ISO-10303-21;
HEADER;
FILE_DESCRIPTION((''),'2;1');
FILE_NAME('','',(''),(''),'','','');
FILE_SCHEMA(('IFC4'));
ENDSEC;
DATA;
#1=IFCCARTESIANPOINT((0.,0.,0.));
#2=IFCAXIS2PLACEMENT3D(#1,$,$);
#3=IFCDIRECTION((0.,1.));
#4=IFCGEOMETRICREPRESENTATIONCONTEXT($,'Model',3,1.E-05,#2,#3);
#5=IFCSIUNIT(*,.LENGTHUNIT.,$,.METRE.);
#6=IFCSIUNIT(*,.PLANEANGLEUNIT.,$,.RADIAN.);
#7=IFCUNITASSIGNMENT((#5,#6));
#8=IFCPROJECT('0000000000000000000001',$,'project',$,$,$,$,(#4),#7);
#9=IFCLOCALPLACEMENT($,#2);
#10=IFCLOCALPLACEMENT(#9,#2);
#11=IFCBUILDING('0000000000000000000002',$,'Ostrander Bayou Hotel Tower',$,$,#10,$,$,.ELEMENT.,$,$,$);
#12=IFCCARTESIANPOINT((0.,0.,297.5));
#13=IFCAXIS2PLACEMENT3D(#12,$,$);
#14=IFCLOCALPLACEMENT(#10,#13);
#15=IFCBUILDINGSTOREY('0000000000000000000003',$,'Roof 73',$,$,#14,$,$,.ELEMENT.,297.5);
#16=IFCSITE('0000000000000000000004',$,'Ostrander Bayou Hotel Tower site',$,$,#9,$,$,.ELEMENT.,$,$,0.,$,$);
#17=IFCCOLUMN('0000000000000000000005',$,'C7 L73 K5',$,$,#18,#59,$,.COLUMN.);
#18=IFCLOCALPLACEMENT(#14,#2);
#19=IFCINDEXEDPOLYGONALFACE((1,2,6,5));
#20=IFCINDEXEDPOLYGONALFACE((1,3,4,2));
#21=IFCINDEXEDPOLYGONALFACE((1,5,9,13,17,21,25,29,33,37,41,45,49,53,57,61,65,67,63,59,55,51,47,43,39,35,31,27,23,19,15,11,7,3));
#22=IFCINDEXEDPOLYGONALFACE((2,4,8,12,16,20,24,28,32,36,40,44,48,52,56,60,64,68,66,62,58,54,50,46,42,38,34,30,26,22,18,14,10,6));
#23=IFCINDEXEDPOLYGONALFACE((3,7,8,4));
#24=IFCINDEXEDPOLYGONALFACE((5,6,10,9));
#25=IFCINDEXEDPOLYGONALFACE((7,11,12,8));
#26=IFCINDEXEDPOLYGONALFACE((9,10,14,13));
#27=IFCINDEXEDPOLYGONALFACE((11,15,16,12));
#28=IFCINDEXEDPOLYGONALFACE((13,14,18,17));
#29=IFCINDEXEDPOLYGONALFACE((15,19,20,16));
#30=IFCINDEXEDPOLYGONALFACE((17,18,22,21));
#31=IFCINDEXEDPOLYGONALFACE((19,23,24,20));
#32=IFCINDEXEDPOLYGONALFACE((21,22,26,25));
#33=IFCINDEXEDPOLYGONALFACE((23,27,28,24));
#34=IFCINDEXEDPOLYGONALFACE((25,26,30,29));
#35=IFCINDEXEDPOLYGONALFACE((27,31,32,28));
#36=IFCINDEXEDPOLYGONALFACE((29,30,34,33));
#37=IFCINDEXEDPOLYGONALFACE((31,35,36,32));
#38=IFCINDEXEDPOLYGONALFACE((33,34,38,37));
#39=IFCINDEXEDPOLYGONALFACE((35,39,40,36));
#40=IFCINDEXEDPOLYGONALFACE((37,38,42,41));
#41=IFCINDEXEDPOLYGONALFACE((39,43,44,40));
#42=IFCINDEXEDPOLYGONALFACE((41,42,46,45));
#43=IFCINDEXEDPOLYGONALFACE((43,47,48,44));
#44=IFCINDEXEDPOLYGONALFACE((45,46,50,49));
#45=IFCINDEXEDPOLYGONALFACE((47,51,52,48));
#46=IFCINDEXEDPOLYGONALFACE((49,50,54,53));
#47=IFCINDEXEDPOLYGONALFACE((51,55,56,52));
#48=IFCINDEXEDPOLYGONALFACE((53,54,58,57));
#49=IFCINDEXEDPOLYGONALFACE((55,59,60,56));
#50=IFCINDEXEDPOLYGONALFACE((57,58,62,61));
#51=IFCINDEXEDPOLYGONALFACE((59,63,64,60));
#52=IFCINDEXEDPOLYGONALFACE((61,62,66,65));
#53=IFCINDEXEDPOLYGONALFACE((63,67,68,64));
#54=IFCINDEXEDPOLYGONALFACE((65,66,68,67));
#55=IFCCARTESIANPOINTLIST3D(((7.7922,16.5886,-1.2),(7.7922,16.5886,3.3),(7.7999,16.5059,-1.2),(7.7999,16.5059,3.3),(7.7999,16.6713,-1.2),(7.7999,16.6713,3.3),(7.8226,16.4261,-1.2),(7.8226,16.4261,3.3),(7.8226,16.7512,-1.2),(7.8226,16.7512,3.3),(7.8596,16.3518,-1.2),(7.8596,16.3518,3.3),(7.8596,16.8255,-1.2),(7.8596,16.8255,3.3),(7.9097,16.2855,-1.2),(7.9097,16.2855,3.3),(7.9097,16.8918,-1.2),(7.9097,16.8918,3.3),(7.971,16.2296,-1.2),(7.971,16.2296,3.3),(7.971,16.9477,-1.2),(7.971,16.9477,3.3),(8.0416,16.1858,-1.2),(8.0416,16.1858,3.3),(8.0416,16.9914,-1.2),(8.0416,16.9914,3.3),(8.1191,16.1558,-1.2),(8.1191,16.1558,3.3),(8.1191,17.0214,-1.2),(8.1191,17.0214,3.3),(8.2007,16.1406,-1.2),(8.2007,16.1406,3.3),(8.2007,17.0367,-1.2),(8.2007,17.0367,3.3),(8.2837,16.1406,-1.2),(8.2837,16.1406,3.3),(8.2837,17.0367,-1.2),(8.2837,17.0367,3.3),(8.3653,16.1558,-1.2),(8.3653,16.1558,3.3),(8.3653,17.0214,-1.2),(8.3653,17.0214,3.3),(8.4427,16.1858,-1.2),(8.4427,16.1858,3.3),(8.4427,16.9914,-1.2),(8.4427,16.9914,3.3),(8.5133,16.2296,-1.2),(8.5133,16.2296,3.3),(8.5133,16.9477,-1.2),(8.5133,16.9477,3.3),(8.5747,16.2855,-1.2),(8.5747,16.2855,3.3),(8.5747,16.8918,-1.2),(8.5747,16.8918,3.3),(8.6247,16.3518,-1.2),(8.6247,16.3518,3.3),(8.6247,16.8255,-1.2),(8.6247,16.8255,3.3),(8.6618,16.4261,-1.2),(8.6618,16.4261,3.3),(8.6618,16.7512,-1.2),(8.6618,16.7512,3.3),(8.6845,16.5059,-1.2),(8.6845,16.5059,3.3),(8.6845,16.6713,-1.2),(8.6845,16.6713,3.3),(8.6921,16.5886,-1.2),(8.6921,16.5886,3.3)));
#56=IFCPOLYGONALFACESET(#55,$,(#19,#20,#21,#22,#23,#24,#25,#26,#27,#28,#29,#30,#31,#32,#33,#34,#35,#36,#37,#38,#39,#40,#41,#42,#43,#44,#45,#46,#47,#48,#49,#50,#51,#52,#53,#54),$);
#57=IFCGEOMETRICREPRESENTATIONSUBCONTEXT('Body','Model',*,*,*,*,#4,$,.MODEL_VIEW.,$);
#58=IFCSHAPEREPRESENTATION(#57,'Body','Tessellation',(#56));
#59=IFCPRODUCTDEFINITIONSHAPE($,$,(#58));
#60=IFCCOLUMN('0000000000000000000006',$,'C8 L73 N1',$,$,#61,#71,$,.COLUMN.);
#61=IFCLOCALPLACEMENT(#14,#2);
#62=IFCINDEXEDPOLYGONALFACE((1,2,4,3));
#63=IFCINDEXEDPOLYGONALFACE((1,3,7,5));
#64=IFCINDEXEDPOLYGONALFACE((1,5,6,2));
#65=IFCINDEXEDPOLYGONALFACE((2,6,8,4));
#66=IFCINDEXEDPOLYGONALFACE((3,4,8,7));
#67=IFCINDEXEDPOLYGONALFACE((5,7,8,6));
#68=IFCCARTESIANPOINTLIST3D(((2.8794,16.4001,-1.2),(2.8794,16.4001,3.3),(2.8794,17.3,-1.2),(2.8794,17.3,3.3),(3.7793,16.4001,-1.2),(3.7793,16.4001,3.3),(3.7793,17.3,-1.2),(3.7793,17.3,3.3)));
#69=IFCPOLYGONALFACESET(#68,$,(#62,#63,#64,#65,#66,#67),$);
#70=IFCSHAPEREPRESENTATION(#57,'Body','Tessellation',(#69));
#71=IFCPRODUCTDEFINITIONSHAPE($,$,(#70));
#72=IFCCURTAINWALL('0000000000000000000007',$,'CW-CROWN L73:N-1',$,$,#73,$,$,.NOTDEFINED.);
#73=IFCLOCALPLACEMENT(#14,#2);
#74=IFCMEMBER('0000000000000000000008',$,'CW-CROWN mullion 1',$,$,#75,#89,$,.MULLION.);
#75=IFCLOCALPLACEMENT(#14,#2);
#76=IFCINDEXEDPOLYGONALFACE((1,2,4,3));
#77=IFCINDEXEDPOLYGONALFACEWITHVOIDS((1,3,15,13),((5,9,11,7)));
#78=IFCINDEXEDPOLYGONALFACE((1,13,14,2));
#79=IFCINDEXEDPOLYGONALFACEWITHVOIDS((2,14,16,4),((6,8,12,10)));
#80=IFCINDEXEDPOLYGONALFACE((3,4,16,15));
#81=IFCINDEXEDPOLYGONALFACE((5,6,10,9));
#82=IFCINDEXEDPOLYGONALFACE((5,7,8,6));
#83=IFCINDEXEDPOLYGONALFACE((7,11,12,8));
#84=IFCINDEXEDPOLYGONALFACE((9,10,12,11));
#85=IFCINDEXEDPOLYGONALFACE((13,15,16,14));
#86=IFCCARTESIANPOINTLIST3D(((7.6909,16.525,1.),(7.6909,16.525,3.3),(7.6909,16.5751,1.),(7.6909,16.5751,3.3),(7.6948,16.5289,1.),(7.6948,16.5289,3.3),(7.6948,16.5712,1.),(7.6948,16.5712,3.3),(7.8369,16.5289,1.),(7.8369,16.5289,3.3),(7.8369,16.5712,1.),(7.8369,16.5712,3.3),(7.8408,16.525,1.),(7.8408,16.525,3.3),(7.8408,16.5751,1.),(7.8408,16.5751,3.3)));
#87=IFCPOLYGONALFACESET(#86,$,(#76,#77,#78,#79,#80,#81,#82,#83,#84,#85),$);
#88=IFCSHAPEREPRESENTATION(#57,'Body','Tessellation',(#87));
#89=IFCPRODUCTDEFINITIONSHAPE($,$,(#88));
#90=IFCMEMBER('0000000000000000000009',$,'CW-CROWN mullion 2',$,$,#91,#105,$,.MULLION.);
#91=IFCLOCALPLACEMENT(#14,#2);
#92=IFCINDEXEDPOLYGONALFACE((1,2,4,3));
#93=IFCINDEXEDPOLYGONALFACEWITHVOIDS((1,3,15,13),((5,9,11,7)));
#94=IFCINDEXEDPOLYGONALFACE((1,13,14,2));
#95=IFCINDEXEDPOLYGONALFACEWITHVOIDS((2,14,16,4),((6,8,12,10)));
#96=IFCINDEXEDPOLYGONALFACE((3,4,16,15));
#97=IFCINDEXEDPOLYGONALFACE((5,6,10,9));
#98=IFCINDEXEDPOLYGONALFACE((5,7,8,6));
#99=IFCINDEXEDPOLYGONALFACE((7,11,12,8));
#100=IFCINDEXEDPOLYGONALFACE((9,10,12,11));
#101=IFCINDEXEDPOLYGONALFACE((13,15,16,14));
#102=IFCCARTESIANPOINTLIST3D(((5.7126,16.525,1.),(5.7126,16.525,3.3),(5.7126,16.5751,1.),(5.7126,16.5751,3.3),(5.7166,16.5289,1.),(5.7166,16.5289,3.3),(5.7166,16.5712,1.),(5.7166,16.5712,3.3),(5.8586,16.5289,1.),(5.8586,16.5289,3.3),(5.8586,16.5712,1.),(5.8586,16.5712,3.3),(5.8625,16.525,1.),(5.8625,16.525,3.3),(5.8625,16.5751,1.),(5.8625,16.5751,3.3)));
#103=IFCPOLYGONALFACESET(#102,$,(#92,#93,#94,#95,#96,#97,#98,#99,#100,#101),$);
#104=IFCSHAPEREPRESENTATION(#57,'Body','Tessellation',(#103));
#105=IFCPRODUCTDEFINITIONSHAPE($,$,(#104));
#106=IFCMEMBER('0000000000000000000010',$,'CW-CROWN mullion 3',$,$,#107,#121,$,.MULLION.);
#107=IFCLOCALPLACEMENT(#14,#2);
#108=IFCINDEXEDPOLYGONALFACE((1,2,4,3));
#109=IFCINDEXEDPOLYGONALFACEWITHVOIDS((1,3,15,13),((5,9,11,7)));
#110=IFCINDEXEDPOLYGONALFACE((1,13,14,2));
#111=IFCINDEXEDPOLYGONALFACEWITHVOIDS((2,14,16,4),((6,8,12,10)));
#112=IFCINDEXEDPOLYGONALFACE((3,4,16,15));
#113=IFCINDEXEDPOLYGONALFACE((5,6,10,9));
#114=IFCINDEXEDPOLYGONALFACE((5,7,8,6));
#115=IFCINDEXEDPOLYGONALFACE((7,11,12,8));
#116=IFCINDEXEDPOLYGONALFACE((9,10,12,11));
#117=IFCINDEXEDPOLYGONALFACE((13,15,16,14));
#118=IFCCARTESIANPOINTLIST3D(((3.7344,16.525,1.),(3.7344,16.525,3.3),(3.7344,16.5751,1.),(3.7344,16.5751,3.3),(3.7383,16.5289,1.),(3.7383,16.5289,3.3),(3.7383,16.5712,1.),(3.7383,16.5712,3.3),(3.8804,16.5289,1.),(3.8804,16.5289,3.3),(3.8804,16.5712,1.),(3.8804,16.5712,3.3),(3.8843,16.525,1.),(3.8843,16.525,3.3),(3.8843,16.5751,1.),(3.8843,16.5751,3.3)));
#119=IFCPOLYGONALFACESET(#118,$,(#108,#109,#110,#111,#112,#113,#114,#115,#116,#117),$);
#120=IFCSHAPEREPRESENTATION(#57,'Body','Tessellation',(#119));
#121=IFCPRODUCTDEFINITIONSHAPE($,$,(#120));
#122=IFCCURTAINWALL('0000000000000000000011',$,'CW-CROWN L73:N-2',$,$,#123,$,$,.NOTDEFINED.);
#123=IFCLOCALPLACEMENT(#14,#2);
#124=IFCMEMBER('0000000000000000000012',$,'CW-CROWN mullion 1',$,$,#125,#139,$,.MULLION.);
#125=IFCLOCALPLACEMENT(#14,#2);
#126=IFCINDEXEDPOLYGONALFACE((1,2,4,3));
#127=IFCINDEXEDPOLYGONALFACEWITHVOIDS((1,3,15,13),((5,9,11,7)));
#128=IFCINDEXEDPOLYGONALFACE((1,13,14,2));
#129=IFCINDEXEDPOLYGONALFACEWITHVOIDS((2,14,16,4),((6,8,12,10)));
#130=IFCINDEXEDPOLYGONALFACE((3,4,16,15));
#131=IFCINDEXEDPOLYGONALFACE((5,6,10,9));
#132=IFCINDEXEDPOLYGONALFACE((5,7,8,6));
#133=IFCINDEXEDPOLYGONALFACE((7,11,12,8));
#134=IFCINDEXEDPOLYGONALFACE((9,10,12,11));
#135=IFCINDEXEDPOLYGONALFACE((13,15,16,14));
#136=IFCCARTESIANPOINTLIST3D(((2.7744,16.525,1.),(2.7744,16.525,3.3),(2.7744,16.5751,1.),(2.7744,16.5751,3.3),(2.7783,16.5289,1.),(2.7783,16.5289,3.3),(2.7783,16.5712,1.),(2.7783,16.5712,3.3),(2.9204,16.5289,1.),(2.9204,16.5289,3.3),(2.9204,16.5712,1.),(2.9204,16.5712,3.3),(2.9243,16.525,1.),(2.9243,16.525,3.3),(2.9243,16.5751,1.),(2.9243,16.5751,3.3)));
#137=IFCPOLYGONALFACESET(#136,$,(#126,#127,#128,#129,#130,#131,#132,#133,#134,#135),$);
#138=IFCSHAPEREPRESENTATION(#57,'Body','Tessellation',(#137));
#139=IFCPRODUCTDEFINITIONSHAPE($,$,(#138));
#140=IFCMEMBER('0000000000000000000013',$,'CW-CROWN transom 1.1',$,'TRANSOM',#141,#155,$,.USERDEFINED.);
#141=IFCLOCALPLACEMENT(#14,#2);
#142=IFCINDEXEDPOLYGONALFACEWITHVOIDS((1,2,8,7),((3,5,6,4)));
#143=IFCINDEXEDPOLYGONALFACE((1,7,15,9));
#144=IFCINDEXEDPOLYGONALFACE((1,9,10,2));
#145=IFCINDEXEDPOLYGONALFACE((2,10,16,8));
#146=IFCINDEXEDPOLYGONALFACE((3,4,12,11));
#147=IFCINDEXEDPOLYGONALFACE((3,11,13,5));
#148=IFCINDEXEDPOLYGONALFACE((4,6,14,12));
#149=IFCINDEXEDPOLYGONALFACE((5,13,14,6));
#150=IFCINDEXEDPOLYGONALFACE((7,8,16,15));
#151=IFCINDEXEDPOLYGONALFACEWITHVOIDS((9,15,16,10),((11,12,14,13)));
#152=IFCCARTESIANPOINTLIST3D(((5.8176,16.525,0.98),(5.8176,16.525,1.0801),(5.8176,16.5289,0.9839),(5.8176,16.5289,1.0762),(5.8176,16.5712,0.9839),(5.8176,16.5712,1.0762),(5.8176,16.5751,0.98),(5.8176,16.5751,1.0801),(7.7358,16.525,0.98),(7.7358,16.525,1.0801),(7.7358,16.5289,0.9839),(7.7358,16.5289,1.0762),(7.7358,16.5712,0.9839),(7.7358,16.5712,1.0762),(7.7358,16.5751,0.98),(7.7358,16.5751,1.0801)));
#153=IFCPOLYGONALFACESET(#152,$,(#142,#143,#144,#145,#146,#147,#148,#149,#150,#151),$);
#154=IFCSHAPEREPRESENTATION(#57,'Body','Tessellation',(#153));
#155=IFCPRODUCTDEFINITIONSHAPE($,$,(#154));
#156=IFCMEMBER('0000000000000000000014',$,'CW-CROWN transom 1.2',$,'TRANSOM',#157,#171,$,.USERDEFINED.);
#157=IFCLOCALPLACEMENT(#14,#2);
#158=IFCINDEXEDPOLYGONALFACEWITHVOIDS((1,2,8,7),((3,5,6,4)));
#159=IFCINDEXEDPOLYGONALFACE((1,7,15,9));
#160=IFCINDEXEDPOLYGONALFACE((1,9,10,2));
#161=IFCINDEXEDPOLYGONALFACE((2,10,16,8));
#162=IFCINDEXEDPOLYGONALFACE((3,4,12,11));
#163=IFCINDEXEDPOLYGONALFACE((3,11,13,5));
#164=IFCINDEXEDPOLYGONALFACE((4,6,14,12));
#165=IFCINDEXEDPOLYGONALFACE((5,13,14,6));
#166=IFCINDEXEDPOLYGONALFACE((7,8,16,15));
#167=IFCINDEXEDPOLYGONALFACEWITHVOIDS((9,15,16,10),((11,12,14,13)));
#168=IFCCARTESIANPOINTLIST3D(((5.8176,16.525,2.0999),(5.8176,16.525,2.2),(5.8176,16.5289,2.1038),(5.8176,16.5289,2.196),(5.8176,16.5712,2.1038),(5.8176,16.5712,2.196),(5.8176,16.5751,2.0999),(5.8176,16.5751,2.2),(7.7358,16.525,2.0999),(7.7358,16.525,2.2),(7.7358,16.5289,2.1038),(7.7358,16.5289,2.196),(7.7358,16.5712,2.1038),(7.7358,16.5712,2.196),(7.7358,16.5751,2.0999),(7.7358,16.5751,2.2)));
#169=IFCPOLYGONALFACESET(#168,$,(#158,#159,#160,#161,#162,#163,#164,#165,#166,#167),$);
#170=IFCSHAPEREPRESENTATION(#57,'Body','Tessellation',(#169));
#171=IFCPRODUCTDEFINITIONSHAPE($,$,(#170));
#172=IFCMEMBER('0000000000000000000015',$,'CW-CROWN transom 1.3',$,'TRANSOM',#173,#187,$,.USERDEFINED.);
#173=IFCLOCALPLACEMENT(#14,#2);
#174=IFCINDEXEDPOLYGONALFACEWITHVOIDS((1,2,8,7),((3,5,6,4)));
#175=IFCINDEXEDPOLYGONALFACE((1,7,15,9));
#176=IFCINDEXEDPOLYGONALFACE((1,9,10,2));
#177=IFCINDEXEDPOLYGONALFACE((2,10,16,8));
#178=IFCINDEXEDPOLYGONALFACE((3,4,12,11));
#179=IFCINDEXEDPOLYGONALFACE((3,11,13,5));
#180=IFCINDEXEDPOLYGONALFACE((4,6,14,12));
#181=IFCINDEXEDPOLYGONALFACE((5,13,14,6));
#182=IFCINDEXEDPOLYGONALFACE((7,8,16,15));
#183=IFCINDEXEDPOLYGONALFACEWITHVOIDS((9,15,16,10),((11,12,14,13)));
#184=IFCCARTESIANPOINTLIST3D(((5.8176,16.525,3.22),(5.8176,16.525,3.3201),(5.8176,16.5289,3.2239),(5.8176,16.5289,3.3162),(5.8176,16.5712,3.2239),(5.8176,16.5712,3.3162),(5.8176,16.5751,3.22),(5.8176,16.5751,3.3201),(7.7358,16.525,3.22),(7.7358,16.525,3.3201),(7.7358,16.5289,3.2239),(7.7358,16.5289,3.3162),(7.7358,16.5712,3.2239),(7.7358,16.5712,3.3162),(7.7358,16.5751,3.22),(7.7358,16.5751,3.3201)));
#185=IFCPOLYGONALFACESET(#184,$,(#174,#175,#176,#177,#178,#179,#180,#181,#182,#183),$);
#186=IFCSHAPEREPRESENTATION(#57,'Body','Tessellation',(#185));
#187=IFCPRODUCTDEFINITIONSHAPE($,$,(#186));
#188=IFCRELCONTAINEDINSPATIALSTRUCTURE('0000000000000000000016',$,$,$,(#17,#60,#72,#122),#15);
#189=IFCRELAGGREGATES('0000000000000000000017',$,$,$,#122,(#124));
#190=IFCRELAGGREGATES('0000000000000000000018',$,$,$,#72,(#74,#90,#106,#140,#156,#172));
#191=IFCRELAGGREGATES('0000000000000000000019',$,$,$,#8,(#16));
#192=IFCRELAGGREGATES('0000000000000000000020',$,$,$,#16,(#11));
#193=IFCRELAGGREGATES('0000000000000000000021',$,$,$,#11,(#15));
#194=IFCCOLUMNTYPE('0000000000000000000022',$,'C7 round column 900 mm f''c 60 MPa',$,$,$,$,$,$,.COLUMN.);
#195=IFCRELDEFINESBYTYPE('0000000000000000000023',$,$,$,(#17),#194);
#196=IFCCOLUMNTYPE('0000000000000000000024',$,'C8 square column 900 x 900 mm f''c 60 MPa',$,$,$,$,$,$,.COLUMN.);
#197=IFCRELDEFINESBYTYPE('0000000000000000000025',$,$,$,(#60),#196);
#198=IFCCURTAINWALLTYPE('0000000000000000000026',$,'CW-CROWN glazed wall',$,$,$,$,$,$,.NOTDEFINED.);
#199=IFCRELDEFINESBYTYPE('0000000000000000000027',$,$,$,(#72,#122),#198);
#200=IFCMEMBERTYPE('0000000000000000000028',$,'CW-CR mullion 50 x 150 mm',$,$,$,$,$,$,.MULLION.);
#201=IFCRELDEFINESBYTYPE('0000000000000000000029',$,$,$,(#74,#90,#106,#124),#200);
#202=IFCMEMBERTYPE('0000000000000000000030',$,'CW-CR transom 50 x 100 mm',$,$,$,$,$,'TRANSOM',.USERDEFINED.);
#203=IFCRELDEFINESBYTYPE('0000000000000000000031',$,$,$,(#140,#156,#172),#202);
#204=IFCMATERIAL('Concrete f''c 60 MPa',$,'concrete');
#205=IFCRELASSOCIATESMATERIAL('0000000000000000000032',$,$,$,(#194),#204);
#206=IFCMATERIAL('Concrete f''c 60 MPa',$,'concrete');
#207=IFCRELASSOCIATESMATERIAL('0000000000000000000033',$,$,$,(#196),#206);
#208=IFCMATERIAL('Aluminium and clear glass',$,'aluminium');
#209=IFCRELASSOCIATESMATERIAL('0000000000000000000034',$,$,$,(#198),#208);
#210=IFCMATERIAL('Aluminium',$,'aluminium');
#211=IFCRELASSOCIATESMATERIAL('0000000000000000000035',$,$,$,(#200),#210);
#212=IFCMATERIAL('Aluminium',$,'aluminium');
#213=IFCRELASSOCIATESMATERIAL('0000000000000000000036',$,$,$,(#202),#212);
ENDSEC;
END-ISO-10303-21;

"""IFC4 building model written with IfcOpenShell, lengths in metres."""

from ifc_helpers import new_model, si_unit, direction, frame, origin, origin_2d, place, context, subcontext, project, spatial, rectangle, hollow_rectangle, circle, extrude, material, material_profile, profile_set, type_object, element, aggregate, save


model = new_model("IFC4")

# Units and contexts
model_context = context("Model", 3, precision=1e-05, world=origin(), true_north=direction((0.0, 1.0)))
body_context = subcontext(model_context, "Body", "Model", "MODEL_VIEW")
ifc_project = project(units=[si_unit("LENGTHUNIT", "METRE"), si_unit("PLANEANGLEUNIT", "RADIAN")], contexts=[model_context])

# Site, building, storey
site_placement = place(None, origin())
site = spatial("IfcSite", under=ifc_project, at=site_placement, Name="Ostrander Bayou Hotel Tower site", CompositionType="ELEMENT", RefElevation=0.0)
building_placement = place(site_placement, origin())
building = spatial("IfcBuilding", under=site, at=building_placement, Name="Ostrander Bayou Hotel Tower", CompositionType="ELEMENT")
storey_placement = place(building_placement, frame((0.0, 0.0, 297.5)))
storey = spatial("IfcBuildingStorey", under=building, at=storey_placement, Name="Roof 73", CompositionType="ELEMENT", Elevation=297.5)

# Columns
ifc_material_1 = material(Name="Concrete f'c 60 MPa", Category="concrete")
ifc_material_profile_1 = material_profile(ifc_material_1, circle(Radius=0.45, at=origin_2d()))
ifc_profile_set_1 = profile_set([ifc_material_profile_1], Name="Concrete f'c 60 MPa")
column_type_1 = type_object("IfcColumnType", Name="C7 round column 900 mm f'c 60 MPa", PredefinedType="COLUMN", material=ifc_profile_set_1)
column_1_placement = place(storey_placement, frame((8.2422, 16.5886, -1.2), z_axis=(0.0, 0.0, 1.0), x_axis=(1.0, 0.0, 0.0)))
element("IfcColumn", 1, at=column_1_placement, inside=storey, type_object=column_type_1, Name="C7 L73 K5", PredefinedType="COLUMN", context=body_context, shape_type="SweptSolid", body=[
    extrude(circle(Radius=0.45, at=origin_2d()), origin(), (0.0, 0.0, 1.0), 4.5),
])
ifc_material_2 = material(Name="Concrete f'c 60 MPa", Category="concrete")
ifc_material_profile_2 = material_profile(ifc_material_2, rectangle(XDim=0.8999, YDim=0.8999, at=origin_2d()))
ifc_profile_set_2 = profile_set([ifc_material_profile_2], Name="Concrete f'c 60 MPa")
column_type_2 = type_object("IfcColumnType", Name="C8 square column 900 x 900 mm f'c 60 MPa", PredefinedType="COLUMN", material=ifc_profile_set_2)
column_2_placement = place(storey_placement, frame((3.3293, 16.8501, -1.2), z_axis=(0.0, 0.0, 1.0), x_axis=(1.0, 0.0, 0.0)))
element("IfcColumn", 2, at=column_2_placement, inside=storey, type_object=column_type_2, Name="C8 L73 N1", PredefinedType="COLUMN", context=body_context, shape_type="SweptSolid", body=[
    extrude(rectangle(XDim=0.8999, YDim=0.8999, at=origin_2d()), origin(), (0.0, 0.0, 1.0), 4.5),
])

# Curtain wall, members
ifc_material_3 = material(Name="Aluminium and clear glass", Category="aluminium")
curtain_wall_type = type_object("IfcCurtainWallType", Name="CW-CROWN glazed wall", PredefinedType="NOTDEFINED", material=ifc_material_3)
curtain_wall_1_placement = place(storey_placement, origin())
curtain_wall_1 = element("IfcCurtainWall", 3, at=curtain_wall_1_placement, inside=storey, type_object=curtain_wall_type, Name="CW-CROWN L73:N-1", PredefinedType="NOTDEFINED")
ifc_material_4 = material(Name="Aluminium", Category="aluminium")
ifc_material_profile_3 = material_profile(ifc_material_4, hollow_rectangle(XDim=0.05, YDim=0.1499, WallThickness=0.0039, at=origin_2d()))
ifc_profile_set_3 = profile_set([ifc_material_profile_3], Name="Aluminium")
member_type_1 = type_object("IfcMemberType", Name="CW-CR mullion 50 x 150 mm", PredefinedType="MULLION", material=ifc_profile_set_3)
member_1_placement = place(storey_placement, frame((7.7659, 16.55, 1.0), z_axis=(0.0, 0.0, 1.0), x_axis=(0.0, -1.0, 0.0)))
member_1 = element("IfcMember", 4, at=member_1_placement, type_object=member_type_1, Name="CW-CROWN mullion 1", PredefinedType="MULLION", context=body_context, shape_type="SweptSolid", body=[
    extrude(hollow_rectangle(XDim=0.05, YDim=0.1499, WallThickness=0.0039, at=origin_2d()), origin(), (0.0, 0.0, 1.0), 2.3),
])
member_2_placement = place(storey_placement, frame((5.7876, 16.55, 1.0), z_axis=(0.0, 0.0, 1.0), x_axis=(0.0, -1.0, 0.0)))
member_2 = element("IfcMember", 5, at=member_2_placement, type_object=member_type_1, Name="CW-CROWN mullion 2", PredefinedType="MULLION", context=body_context, shape_type="SweptSolid", body=[
    extrude(hollow_rectangle(XDim=0.05, YDim=0.1499, WallThickness=0.0039, at=origin_2d()), origin(), (0.0, 0.0, 1.0), 2.3),
])
member_3_placement = place(storey_placement, frame((3.8093, 16.55, 1.0), z_axis=(0.0, 0.0, 1.0), x_axis=(0.0, -1.0, 0.0)))
member_3 = element("IfcMember", 6, at=member_3_placement, type_object=member_type_1, Name="CW-CROWN mullion 3", PredefinedType="MULLION", context=body_context, shape_type="SweptSolid", body=[
    extrude(hollow_rectangle(XDim=0.05, YDim=0.1499, WallThickness=0.0039, at=origin_2d()), origin(), (0.0, 0.0, 1.0), 2.3),
])

# Curtain wall, member
curtain_wall_2_placement = place(storey_placement, origin())
curtain_wall_2 = element("IfcCurtainWall", 7, at=curtain_wall_2_placement, inside=storey, type_object=curtain_wall_type, Name="CW-CROWN L73:N-2", PredefinedType="NOTDEFINED")
member_4_placement = place(storey_placement, frame((2.8494, 16.55, 1.0), z_axis=(0.0, 0.0, 1.0), x_axis=(0.0, -1.0, 0.0)))
member_4 = element("IfcMember", 8, at=member_4_placement, type_object=member_type_1, Name="CW-CROWN mullion 1", PredefinedType="MULLION", context=body_context, shape_type="SweptSolid", body=[
    extrude(hollow_rectangle(XDim=0.05, YDim=0.1499, WallThickness=0.0039, at=origin_2d()), origin(), (0.0, 0.0, 1.0), 2.3),
])

# Members
ifc_material_5 = material(Name="Aluminium", Category="aluminium")
ifc_material_profile_4 = material_profile(ifc_material_5, hollow_rectangle(XDim=0.05, YDim=0.1001, WallThickness=0.0039, at=origin_2d()))
ifc_profile_set_4 = profile_set([ifc_material_profile_4], Name="Aluminium")
member_type_2 = type_object("IfcMemberType", Name="CW-CR transom 50 x 100 mm", ElementType="TRANSOM", PredefinedType="USERDEFINED", material=ifc_profile_set_4)
member_5_placement = place(storey_placement, frame((7.7358, 16.55, 1.03), z_axis=(-1.0, 0.0, 0.0), x_axis=(0.0, -1.0, 0.0)))
member_5 = element("IfcMember", 9, at=member_5_placement, type_object=member_type_2, Name="CW-CROWN transom 1.1", ObjectType="TRANSOM", PredefinedType="USERDEFINED", context=body_context, shape_type="SweptSolid", body=[
    extrude(hollow_rectangle(XDim=0.05, YDim=0.1001, WallThickness=0.0039, at=origin_2d()), origin(), (0.0, 0.0, 1.0), 1.9182),
])
member_6_placement = place(storey_placement, frame((7.7358, 16.55, 2.1499), z_axis=(-1.0, 0.0, 0.0), x_axis=(0.0, -1.0, 0.0)))
member_6 = element("IfcMember", 10, at=member_6_placement, type_object=member_type_2, Name="CW-CROWN transom 1.2", ObjectType="TRANSOM", PredefinedType="USERDEFINED", context=body_context, shape_type="SweptSolid", body=[
    extrude(hollow_rectangle(XDim=0.05, YDim=0.1001, WallThickness=0.0039, at=origin_2d()), origin(), (0.0, 0.0, 1.0), 1.9182),
])
member_7_placement = place(storey_placement, frame((7.7358, 16.55, 3.27), z_axis=(-1.0, 0.0, 0.0), x_axis=(0.0, -1.0, 0.0)))
member_7 = element("IfcMember", 11, at=member_7_placement, type_object=member_type_2, Name="CW-CROWN transom 1.3", ObjectType="TRANSOM", PredefinedType="USERDEFINED", context=body_context, shape_type="SweptSolid", body=[
    extrude(hollow_rectangle(XDim=0.05, YDim=0.1001, WallThickness=0.0039, at=origin_2d()), origin(), (0.0, 0.0, 1.0), 1.9182),
])
aggregate(curtain_wall_2, [member_4])

aggregate(curtain_wall_1, [member_1, member_2, member_3, member_5, member_6, member_7])

save(model, "model.ifc")
